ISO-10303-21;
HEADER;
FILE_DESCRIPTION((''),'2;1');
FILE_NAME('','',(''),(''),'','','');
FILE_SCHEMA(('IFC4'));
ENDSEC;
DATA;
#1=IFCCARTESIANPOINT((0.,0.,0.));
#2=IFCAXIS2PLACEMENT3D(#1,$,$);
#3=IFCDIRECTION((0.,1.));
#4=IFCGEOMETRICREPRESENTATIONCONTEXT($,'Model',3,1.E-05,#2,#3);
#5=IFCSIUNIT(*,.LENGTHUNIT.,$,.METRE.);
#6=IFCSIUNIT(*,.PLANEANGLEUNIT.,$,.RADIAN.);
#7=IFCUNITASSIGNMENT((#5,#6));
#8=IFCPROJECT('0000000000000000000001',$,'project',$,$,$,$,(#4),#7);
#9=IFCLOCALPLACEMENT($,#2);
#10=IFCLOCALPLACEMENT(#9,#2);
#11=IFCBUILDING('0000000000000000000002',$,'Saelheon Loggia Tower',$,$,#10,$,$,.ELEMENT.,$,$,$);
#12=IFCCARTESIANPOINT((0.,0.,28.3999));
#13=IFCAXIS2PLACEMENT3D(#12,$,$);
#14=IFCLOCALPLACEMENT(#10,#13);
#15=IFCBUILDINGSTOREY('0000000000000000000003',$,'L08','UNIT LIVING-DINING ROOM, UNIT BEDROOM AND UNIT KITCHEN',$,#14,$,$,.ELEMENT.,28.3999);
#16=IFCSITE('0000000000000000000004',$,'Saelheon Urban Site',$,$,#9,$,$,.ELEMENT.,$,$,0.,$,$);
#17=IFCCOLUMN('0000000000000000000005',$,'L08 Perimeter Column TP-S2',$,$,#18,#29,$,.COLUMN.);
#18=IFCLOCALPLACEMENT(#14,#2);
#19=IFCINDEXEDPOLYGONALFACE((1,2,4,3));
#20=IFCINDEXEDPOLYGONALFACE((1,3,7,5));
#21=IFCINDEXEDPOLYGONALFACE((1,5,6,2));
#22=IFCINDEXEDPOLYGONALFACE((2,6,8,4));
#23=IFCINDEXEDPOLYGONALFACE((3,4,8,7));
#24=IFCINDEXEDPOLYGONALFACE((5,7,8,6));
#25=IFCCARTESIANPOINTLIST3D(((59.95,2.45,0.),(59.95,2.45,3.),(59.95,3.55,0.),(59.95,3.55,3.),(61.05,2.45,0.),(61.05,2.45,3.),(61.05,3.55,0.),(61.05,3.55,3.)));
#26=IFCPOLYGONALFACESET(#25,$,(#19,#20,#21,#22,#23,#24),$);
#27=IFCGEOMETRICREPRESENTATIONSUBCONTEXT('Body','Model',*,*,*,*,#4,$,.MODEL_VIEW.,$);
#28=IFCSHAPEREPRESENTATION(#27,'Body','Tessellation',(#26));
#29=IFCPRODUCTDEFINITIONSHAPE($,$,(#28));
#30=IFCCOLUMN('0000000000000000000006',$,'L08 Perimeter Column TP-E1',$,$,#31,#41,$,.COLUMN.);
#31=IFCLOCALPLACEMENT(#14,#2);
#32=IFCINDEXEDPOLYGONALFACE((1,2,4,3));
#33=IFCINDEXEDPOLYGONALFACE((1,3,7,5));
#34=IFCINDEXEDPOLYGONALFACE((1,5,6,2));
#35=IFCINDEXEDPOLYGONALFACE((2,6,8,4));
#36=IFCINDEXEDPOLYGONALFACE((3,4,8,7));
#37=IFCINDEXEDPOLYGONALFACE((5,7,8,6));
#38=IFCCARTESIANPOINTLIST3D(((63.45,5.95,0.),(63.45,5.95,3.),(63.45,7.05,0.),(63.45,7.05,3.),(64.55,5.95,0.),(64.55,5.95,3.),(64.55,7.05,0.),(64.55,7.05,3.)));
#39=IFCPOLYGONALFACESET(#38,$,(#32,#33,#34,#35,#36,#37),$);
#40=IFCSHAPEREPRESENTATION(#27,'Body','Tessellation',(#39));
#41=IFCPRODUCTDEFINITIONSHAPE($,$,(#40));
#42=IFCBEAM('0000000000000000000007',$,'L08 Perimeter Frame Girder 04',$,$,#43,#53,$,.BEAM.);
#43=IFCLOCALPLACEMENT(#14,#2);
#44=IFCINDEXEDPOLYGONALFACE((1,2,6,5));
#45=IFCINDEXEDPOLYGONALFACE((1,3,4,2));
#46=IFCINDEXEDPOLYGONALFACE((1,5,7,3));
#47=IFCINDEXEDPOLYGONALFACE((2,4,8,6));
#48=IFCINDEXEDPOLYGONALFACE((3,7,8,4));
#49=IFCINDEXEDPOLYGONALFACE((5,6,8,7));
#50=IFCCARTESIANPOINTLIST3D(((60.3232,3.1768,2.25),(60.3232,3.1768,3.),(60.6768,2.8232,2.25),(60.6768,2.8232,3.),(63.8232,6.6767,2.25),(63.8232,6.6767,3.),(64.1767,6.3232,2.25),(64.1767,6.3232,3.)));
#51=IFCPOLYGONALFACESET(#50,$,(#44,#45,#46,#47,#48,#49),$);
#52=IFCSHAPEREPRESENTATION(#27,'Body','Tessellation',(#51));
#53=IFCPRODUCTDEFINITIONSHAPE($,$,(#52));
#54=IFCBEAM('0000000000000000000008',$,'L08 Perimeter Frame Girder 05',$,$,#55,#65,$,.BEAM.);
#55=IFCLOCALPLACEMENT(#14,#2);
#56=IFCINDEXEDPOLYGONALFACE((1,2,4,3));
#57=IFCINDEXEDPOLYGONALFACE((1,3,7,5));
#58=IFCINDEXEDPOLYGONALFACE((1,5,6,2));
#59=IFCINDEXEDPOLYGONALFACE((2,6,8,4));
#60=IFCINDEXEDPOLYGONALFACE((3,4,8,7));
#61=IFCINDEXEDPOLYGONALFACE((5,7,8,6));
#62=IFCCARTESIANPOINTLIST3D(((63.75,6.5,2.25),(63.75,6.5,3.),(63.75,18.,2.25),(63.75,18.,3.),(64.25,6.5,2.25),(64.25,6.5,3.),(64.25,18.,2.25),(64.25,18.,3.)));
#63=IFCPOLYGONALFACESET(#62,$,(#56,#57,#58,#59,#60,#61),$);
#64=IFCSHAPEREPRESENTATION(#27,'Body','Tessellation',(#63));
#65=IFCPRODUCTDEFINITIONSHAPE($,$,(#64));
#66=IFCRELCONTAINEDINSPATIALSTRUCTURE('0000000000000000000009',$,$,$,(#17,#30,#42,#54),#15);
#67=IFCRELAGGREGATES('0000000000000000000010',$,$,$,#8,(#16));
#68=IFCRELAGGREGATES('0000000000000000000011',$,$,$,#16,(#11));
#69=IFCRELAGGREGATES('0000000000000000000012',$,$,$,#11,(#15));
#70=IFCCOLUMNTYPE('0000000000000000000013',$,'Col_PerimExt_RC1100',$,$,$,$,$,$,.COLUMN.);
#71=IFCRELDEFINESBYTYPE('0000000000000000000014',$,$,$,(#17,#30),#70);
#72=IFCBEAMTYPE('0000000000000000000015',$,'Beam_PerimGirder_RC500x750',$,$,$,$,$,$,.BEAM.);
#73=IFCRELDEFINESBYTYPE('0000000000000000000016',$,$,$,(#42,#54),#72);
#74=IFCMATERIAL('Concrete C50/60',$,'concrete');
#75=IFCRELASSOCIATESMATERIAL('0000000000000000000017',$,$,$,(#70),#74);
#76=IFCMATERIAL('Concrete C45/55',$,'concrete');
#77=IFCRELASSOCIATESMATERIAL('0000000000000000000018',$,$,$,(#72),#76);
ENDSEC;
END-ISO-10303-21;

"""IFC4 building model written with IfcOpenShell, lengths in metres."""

from ifc_helpers import new_model, si_unit, direction, frame, origin, origin_2d, place, context, subcontext, project, spatial, rectangle, extrude, source, transform, mapped, material, material_profile, profile_set, type_object, element, save


model = new_model("IFC4")

# Units and contexts
model_context = context("Model", 3, precision=1e-05, world=origin(), true_north=direction((0.0, 1.0)))
body_context = subcontext(model_context, "Body", "Model", "MODEL_VIEW")
ifc_project = project(units=[si_unit("LENGTHUNIT", "METRE"), si_unit("PLANEANGLEUNIT", "RADIAN")], contexts=[model_context])

# Site, building, storey
site_placement = place(None, origin())
site = spatial("IfcSite", under=ifc_project, at=site_placement, Name="Saelheon Urban Site", CompositionType="ELEMENT", RefElevation=0.0)
building_placement = place(site_placement, origin())
building = spatial("IfcBuilding", under=site, at=building_placement, Name="Saelheon Loggia Tower", CompositionType="ELEMENT")
storey_placement = place(building_placement, frame((0.0, 0.0, 28.3999)))
storey = spatial("IfcBuildingStorey", under=building, at=storey_placement, Name="L08", Description="UNIT LIVING-DINING ROOM, UNIT BEDROOM AND UNIT KITCHEN", CompositionType="ELEMENT", Elevation=28.3999)

# Columns
ifc_material_1 = material(Name="Concrete C50/60", Category="concrete")
ifc_material_profile_1 = material_profile(ifc_material_1, rectangle(XDim=1.1001, YDim=1.1001, at=origin_2d()), Name="RC-1100x1100")
ifc_profile_set_1 = profile_set([ifc_material_profile_1], Name="Concrete C50/60")
column_type = type_object("IfcColumnType", Name="Col_PerimExt_RC1100", PredefinedType="COLUMN", material=ifc_profile_set_1)
shared_shape_1 = source(origin(), body_context, "Body", "SweptSolid", [
    extrude(rectangle(XDim=1.1001, YDim=1.1001, at=origin_2d()), origin(), (0.0, 0.0, 1.0), 3.0),
])
for number, where, z_axis, x_axis, name in (
    (1, (60.5, 3.0, 0.0), (0.0, 0.0, 1.0), (1.0, 0.0, 0.0), "L08 Perimeter Column TP-S2"),
    (2, (64.0, 6.5, 0.0), (0.0, 0.0, 1.0), (1.0, 0.0, 0.0), "L08 Perimeter Column TP-E1"),
):
    element("IfcColumn", number, at=place(storey_placement, frame(where, z_axis=z_axis, x_axis=x_axis)), inside=storey, type_object=column_type, Name=name, PredefinedType="COLUMN", context=body_context, shape_type="MappedRepresentation", body=[
        mapped(shared_shape_1, transform((0.0, 0.0, 0.0), scale=1.0)),
    ])

# Beams
ifc_material_2 = material(Name="Concrete C45/55", Category="concrete")
ifc_material_profile_2 = material_profile(ifc_material_2, rectangle(XDim=0.5, YDim=0.75, at=origin_2d()), Name="RC-500x750")
ifc_profile_set_2 = profile_set([ifc_material_profile_2], Name="Concrete C45/55")
beam_type = type_object("IfcBeamType", Name="Beam_PerimGirder_RC500x750", PredefinedType="BEAM", material=ifc_profile_set_2)
shared_shape_2 = source(origin(), body_context, "Body", "SweptSolid", [
    extrude(rectangle(XDim=0.5, YDim=0.75, at=origin_2d()), origin(), (0.0, 0.0, 1.0), 4.9497),
])
beam_1_placement = place(storey_placement, frame((60.5, 3.0, 2.625), z_axis=(0.707107, 0.707107, 0.0), x_axis=(-0.707107, 0.707107, 0.0)))
element("IfcBeam", 3, at=beam_1_placement, inside=storey, type_object=beam_type, Name="L08 Perimeter Frame Girder 04", PredefinedType="BEAM", context=body_context, shape_type="MappedRepresentation", body=[
    mapped(shared_shape_2, transform((0.0, 0.0, 0.0), scale=1.0)),
])
shared_shape_3 = source(origin(), body_context, "Body", "SweptSolid", [
    extrude(rectangle(XDim=0.5, YDim=0.75, at=origin_2d()), origin(), (0.0, 0.0, 1.0), 11.5),
])
beam_2_placement = place(storey_placement, frame((64.0, 6.5, 2.625), z_axis=(0.0, 1.0, 0.0), x_axis=(-1.0, 0.0, 0.0)))
element("IfcBeam", 4, at=beam_2_placement, inside=storey, type_object=beam_type, Name="L08 Perimeter Frame Girder 05", PredefinedType="BEAM", context=body_context, shape_type="MappedRepresentation", body=[
    mapped(shared_shape_3, transform((0.0, 0.0, 0.0), scale=1.0)),
])

save(model, "model.ifc")
